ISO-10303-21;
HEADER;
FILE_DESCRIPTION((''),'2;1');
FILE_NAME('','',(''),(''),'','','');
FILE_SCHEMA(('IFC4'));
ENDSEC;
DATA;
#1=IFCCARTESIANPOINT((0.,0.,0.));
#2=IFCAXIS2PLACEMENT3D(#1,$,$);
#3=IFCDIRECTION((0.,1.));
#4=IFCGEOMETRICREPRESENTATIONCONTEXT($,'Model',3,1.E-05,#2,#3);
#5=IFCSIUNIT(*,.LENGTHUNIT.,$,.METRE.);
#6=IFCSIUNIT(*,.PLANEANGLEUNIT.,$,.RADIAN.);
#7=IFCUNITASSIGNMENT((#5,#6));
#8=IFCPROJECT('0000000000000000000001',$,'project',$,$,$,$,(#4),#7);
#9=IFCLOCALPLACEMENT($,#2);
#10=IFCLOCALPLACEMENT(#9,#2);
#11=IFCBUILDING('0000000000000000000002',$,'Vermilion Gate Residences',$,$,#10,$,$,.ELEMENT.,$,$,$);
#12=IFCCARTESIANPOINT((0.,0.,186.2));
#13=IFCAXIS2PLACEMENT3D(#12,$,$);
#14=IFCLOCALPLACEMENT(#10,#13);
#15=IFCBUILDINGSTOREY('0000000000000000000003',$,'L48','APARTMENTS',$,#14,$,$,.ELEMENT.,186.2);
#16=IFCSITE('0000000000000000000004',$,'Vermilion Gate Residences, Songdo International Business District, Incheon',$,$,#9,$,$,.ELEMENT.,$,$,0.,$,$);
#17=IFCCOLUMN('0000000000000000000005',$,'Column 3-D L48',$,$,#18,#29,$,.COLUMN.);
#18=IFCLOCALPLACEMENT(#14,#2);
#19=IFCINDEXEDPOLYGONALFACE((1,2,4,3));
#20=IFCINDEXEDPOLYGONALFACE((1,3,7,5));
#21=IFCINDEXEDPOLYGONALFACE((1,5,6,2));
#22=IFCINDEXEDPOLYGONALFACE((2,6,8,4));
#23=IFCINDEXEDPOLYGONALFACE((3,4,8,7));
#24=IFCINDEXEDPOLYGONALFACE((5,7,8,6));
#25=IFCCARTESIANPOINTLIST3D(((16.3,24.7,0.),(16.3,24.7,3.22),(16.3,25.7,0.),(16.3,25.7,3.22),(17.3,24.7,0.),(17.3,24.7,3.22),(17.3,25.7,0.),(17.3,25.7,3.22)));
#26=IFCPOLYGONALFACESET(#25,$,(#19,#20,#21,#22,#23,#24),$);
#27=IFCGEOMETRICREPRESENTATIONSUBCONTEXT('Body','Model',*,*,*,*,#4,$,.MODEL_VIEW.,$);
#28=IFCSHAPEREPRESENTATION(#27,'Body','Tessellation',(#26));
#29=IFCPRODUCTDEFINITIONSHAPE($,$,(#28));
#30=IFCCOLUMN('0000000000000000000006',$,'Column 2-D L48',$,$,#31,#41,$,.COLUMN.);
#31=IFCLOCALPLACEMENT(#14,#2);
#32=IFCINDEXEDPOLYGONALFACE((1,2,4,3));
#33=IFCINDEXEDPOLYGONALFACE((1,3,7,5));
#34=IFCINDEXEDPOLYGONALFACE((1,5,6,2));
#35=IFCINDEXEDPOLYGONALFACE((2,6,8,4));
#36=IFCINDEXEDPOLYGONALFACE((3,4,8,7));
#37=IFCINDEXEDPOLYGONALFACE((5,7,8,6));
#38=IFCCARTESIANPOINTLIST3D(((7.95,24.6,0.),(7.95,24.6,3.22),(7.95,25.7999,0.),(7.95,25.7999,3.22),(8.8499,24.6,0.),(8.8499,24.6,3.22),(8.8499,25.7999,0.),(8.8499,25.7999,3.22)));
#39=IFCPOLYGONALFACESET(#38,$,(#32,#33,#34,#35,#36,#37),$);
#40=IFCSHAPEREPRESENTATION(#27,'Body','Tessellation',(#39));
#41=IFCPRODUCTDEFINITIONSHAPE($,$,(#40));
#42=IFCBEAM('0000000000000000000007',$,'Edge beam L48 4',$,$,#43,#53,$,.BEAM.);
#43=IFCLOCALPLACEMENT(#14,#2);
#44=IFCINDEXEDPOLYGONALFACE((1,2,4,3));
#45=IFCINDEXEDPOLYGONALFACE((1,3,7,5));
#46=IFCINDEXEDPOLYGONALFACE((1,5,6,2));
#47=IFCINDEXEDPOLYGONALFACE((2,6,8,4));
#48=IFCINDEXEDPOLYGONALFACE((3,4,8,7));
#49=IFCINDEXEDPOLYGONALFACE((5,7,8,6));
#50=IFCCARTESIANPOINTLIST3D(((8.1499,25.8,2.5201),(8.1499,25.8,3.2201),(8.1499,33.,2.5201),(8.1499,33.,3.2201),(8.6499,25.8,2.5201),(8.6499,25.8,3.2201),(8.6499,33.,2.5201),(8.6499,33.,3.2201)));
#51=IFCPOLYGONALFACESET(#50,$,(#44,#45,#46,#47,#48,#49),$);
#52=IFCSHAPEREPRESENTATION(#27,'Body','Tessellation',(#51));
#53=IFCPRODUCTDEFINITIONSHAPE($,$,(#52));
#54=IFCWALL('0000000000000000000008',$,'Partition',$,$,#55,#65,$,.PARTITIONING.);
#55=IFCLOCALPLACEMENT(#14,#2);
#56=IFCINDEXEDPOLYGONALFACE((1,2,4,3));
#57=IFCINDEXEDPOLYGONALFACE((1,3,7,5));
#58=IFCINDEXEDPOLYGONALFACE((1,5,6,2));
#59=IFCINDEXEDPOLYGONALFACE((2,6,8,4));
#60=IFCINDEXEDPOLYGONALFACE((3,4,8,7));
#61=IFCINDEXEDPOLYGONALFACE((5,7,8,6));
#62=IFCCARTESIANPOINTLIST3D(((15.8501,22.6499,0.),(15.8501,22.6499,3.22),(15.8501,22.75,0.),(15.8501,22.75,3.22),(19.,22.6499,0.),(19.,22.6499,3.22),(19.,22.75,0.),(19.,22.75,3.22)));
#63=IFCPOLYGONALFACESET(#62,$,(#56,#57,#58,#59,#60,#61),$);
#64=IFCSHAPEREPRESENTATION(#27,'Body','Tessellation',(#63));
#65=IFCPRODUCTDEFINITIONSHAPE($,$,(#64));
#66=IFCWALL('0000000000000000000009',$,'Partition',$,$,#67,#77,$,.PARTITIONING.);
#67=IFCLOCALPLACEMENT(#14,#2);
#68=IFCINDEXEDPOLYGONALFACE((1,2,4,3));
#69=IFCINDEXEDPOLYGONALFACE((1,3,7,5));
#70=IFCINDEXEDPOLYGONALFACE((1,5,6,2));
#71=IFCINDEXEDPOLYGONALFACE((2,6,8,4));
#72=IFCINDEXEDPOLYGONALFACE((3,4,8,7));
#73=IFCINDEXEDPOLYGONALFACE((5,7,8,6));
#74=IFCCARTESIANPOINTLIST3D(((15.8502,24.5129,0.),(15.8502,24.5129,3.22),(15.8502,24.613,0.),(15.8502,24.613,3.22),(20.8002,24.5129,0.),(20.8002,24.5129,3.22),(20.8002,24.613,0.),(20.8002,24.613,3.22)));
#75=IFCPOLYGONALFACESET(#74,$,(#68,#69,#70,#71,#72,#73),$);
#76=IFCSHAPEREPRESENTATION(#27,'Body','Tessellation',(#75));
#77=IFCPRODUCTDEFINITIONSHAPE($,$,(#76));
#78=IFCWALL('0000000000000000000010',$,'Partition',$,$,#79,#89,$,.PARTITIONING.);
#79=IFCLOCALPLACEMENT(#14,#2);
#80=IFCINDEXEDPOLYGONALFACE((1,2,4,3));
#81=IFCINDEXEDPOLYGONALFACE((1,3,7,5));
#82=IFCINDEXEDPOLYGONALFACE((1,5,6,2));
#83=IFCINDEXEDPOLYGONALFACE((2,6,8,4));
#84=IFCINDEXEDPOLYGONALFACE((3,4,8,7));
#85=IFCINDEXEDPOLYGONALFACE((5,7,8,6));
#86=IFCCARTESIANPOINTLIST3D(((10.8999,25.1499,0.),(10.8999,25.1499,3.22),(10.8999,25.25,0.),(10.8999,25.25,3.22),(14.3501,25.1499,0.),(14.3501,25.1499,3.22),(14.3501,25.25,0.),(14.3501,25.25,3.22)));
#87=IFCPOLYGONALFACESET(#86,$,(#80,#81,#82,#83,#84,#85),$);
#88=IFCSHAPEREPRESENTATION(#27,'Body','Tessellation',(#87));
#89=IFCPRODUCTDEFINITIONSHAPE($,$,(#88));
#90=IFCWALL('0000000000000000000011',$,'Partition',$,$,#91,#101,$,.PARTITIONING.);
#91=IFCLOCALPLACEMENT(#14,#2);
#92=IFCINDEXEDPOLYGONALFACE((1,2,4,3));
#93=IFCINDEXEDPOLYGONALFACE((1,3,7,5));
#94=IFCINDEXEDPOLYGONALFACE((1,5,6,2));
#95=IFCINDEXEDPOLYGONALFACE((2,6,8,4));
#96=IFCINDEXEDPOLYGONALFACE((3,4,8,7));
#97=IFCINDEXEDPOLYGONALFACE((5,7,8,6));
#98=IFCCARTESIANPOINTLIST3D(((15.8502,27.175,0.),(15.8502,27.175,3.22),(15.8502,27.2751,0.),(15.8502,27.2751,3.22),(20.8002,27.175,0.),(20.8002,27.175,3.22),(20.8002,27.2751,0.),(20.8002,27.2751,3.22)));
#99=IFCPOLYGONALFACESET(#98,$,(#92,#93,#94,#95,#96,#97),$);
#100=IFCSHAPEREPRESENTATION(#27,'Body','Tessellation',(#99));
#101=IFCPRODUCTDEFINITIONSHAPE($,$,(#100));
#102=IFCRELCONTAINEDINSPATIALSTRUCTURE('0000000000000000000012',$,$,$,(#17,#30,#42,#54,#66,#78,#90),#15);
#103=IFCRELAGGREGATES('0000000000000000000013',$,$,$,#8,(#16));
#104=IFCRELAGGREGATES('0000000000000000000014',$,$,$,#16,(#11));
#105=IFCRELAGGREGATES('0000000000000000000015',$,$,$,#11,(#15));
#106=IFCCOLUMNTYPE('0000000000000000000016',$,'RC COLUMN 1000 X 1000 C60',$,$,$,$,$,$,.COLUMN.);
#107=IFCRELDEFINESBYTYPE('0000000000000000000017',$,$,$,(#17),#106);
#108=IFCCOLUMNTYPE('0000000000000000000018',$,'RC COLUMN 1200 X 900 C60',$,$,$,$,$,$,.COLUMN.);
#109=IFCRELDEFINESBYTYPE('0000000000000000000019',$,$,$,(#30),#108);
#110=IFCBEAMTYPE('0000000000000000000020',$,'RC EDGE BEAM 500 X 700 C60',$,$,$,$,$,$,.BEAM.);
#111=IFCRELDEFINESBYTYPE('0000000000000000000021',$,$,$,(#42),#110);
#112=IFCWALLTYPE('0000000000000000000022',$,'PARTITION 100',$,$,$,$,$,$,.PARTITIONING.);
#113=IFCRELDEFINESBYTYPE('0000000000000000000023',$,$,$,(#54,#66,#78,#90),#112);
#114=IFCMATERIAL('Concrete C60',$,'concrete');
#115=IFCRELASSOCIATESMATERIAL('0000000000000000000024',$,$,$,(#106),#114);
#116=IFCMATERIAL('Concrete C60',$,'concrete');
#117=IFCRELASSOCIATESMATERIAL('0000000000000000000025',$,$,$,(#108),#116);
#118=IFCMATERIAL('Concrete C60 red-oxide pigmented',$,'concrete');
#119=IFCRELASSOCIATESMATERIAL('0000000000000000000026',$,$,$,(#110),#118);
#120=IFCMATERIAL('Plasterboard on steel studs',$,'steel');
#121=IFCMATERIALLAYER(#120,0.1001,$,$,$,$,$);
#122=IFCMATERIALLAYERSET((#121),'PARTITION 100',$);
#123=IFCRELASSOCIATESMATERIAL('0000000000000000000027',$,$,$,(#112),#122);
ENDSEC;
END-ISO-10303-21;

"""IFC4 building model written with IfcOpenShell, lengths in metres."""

from ifc_helpers import new_model, si_unit, direction, frame, frame_2d, origin, origin_2d, place, context, subcontext, project, spatial, rectangle, extrude, material, layer, layer_set, material_profile, profile_set, type_object, element, save


model = new_model("IFC4")

# Units and contexts
model_context = context("Model", 3, precision=1e-05, world=origin(), true_north=direction((0.0, 1.0)))
body_context = subcontext(model_context, "Body", "Model", "MODEL_VIEW")
ifc_project = project(units=[si_unit("LENGTHUNIT", "METRE"), si_unit("PLANEANGLEUNIT", "RADIAN")], contexts=[model_context])

# Site, building, storey
site_placement = place(None, origin())
site = spatial("IfcSite", under=ifc_project, at=site_placement, Name="Vermilion Gate Residences, Songdo International Business District, Incheon", CompositionType="ELEMENT", RefElevation=0.0)
building_placement = place(site_placement, origin())
building = spatial("IfcBuilding", under=site, at=building_placement, Name="Vermilion Gate Residences", CompositionType="ELEMENT")
storey_placement = place(building_placement, frame((0.0, 0.0, 186.2)))
storey = spatial("IfcBuildingStorey", under=building, at=storey_placement, Name="L48", Description="APARTMENTS", CompositionType="ELEMENT", Elevation=186.2)

# Columns
ifc_material_1 = material(Name="Concrete C60", Category="concrete")
ifc_material_profile_1 = material_profile(ifc_material_1, rectangle(XDim=1.0, YDim=1.0, at=origin_2d()), Name="RC-1000x1000")
ifc_profile_set_1 = profile_set([ifc_material_profile_1], Name="Concrete C60")
column_type_1 = type_object("IfcColumnType", Name="RC COLUMN 1000 X 1000 C60", PredefinedType="COLUMN", material=ifc_profile_set_1)
column_1_placement = place(storey_placement, frame((16.8, 25.2, 0.0), z_axis=(0.0, 0.0, 1.0), x_axis=(1.0, 0.0, 0.0)))
element("IfcColumn", 1, at=column_1_placement, inside=storey, type_object=column_type_1, Name="Column 3-D L48", PredefinedType="COLUMN", context=body_context, shape_type="SweptSolid", body=[
    extrude(rectangle(XDim=1.0, YDim=1.0, at=origin_2d()), origin(), (0.0, 0.0, 1.0), 3.22),
])
ifc_material_2 = material(Name="Concrete C60", Category="concrete")
ifc_material_profile_2 = material_profile(ifc_material_2, rectangle(XDim=1.2, YDim=0.8999, at=origin_2d()), Name="RC-1200x900")
ifc_profile_set_2 = profile_set([ifc_material_profile_2], Name="Concrete C60")
column_type_2 = type_object("IfcColumnType", Name="RC COLUMN 1200 X 900 C60", PredefinedType="COLUMN", material=ifc_profile_set_2)
column_2_placement = place(storey_placement, frame((8.3999, 25.2, 0.0), z_axis=(0.0, 0.0, 1.0), x_axis=(0.0, 1.0, 0.0)))
element("IfcColumn", 2, at=column_2_placement, inside=storey, type_object=column_type_2, Name="Column 2-D L48", PredefinedType="COLUMN", context=body_context, shape_type="SweptSolid", body=[
    extrude(rectangle(XDim=1.2, YDim=0.8999, at=origin_2d()), origin(), (0.0, 0.0, 1.0), 3.22),
])

# Beam
ifc_material_3 = material(Name="Concrete C60 red-oxide pigmented", Category="concrete")
ifc_material_profile_3 = material_profile(ifc_material_3, rectangle(XDim=0.5, YDim=0.7, at=origin_2d()), Name="RC-500x700")
ifc_profile_set_3 = profile_set([ifc_material_profile_3], Name="Concrete C60 red-oxide pigmented")
beam_type = type_object("IfcBeamType", Name="RC EDGE BEAM 500 X 700 C60", PredefinedType="BEAM", material=ifc_profile_set_3)
beam_placement = place(storey_placement, frame((8.3999, 25.8, 2.8701), z_axis=(0.0, 1.0, 0.0), x_axis=(-1.0, 0.0, 0.0)))
element("IfcBeam", 3, at=beam_placement, inside=storey, type_object=beam_type, Name="Edge beam L48 4", PredefinedType="BEAM", context=body_context, shape_type="SweptSolid", body=[
    extrude(rectangle(XDim=0.5, YDim=0.7, at=origin_2d()), origin(), (0.0, 0.0, 1.0), 7.2),
])

# Walls
ifc_material_4 = material(Name="Plasterboard on steel studs", Category="steel")
ifc_layer_1 = layer(ifc_material_4, 0.1001)
ifc_layer_set_1 = layer_set([ifc_layer_1], Name="PARTITION 100")
wall_type_1 = type_object("IfcWallType", Name="PARTITION 100", PredefinedType="PARTITIONING", material=ifc_layer_set_1)
wall_1_placement = place(storey_placement, frame((15.8501, 22.7, 0.0), z_axis=(0.0, 0.0, 1.0), x_axis=(1.0, 0.0, 0.0)))
element("IfcWall", 4, at=wall_1_placement, inside=storey, type_object=wall_type_1, Name="Partition", PredefinedType="PARTITIONING", context=body_context, shape_type="SweptSolid", body=[
    extrude(rectangle(XDim=3.1499, YDim=0.1001, at=frame_2d((1.575, 0.0))), origin(), (0.0, 0.0, 1.0), 3.22),
])
wall_2_placement = place(storey_placement, frame((15.8501, 24.563, 0.0), z_axis=(0.0, 0.0, 1.0), x_axis=(1.0, 0.0, 0.0)))
element("IfcWall", 5, at=wall_2_placement, inside=storey, type_object=wall_type_1, Name="Partition", PredefinedType="PARTITIONING", context=body_context, shape_type="SweptSolid", body=[
    extrude(rectangle(XDim=4.95, YDim=0.1001, at=frame_2d((2.4751, 0.0))), origin(), (0.0, 0.0, 1.0), 3.22),
])
wall_3_placement = place(storey_placement, frame((10.8999, 25.2, 0.0), z_axis=(0.0, 0.0, 1.0), x_axis=(1.0, 0.0, 0.0)))
element("IfcWall", 6, at=wall_3_placement, inside=storey, type_object=wall_type_1, Name="Partition", PredefinedType="PARTITIONING", context=body_context, shape_type="SweptSolid", body=[
    extrude(rectangle(XDim=3.4502, YDim=0.1001, at=frame_2d((1.7251, 0.0))), origin(), (0.0, 0.0, 1.0), 3.22),
])
wall_4_placement = place(storey_placement, frame((15.8501, 27.2251, 0.0), z_axis=(0.0, 0.0, 1.0), x_axis=(1.0, 0.0, 0.0)))
element("IfcWall", 7, at=wall_4_placement, inside=storey, type_object=wall_type_1, Name="Partition", PredefinedType="PARTITIONING", context=body_context, shape_type="SweptSolid", body=[
    extrude(rectangle(XDim=4.95, YDim=0.1001, at=frame_2d((2.4751, 0.0))), origin(), (0.0, 0.0, 1.0), 3.22),
])

save(model, "model.ifc")
